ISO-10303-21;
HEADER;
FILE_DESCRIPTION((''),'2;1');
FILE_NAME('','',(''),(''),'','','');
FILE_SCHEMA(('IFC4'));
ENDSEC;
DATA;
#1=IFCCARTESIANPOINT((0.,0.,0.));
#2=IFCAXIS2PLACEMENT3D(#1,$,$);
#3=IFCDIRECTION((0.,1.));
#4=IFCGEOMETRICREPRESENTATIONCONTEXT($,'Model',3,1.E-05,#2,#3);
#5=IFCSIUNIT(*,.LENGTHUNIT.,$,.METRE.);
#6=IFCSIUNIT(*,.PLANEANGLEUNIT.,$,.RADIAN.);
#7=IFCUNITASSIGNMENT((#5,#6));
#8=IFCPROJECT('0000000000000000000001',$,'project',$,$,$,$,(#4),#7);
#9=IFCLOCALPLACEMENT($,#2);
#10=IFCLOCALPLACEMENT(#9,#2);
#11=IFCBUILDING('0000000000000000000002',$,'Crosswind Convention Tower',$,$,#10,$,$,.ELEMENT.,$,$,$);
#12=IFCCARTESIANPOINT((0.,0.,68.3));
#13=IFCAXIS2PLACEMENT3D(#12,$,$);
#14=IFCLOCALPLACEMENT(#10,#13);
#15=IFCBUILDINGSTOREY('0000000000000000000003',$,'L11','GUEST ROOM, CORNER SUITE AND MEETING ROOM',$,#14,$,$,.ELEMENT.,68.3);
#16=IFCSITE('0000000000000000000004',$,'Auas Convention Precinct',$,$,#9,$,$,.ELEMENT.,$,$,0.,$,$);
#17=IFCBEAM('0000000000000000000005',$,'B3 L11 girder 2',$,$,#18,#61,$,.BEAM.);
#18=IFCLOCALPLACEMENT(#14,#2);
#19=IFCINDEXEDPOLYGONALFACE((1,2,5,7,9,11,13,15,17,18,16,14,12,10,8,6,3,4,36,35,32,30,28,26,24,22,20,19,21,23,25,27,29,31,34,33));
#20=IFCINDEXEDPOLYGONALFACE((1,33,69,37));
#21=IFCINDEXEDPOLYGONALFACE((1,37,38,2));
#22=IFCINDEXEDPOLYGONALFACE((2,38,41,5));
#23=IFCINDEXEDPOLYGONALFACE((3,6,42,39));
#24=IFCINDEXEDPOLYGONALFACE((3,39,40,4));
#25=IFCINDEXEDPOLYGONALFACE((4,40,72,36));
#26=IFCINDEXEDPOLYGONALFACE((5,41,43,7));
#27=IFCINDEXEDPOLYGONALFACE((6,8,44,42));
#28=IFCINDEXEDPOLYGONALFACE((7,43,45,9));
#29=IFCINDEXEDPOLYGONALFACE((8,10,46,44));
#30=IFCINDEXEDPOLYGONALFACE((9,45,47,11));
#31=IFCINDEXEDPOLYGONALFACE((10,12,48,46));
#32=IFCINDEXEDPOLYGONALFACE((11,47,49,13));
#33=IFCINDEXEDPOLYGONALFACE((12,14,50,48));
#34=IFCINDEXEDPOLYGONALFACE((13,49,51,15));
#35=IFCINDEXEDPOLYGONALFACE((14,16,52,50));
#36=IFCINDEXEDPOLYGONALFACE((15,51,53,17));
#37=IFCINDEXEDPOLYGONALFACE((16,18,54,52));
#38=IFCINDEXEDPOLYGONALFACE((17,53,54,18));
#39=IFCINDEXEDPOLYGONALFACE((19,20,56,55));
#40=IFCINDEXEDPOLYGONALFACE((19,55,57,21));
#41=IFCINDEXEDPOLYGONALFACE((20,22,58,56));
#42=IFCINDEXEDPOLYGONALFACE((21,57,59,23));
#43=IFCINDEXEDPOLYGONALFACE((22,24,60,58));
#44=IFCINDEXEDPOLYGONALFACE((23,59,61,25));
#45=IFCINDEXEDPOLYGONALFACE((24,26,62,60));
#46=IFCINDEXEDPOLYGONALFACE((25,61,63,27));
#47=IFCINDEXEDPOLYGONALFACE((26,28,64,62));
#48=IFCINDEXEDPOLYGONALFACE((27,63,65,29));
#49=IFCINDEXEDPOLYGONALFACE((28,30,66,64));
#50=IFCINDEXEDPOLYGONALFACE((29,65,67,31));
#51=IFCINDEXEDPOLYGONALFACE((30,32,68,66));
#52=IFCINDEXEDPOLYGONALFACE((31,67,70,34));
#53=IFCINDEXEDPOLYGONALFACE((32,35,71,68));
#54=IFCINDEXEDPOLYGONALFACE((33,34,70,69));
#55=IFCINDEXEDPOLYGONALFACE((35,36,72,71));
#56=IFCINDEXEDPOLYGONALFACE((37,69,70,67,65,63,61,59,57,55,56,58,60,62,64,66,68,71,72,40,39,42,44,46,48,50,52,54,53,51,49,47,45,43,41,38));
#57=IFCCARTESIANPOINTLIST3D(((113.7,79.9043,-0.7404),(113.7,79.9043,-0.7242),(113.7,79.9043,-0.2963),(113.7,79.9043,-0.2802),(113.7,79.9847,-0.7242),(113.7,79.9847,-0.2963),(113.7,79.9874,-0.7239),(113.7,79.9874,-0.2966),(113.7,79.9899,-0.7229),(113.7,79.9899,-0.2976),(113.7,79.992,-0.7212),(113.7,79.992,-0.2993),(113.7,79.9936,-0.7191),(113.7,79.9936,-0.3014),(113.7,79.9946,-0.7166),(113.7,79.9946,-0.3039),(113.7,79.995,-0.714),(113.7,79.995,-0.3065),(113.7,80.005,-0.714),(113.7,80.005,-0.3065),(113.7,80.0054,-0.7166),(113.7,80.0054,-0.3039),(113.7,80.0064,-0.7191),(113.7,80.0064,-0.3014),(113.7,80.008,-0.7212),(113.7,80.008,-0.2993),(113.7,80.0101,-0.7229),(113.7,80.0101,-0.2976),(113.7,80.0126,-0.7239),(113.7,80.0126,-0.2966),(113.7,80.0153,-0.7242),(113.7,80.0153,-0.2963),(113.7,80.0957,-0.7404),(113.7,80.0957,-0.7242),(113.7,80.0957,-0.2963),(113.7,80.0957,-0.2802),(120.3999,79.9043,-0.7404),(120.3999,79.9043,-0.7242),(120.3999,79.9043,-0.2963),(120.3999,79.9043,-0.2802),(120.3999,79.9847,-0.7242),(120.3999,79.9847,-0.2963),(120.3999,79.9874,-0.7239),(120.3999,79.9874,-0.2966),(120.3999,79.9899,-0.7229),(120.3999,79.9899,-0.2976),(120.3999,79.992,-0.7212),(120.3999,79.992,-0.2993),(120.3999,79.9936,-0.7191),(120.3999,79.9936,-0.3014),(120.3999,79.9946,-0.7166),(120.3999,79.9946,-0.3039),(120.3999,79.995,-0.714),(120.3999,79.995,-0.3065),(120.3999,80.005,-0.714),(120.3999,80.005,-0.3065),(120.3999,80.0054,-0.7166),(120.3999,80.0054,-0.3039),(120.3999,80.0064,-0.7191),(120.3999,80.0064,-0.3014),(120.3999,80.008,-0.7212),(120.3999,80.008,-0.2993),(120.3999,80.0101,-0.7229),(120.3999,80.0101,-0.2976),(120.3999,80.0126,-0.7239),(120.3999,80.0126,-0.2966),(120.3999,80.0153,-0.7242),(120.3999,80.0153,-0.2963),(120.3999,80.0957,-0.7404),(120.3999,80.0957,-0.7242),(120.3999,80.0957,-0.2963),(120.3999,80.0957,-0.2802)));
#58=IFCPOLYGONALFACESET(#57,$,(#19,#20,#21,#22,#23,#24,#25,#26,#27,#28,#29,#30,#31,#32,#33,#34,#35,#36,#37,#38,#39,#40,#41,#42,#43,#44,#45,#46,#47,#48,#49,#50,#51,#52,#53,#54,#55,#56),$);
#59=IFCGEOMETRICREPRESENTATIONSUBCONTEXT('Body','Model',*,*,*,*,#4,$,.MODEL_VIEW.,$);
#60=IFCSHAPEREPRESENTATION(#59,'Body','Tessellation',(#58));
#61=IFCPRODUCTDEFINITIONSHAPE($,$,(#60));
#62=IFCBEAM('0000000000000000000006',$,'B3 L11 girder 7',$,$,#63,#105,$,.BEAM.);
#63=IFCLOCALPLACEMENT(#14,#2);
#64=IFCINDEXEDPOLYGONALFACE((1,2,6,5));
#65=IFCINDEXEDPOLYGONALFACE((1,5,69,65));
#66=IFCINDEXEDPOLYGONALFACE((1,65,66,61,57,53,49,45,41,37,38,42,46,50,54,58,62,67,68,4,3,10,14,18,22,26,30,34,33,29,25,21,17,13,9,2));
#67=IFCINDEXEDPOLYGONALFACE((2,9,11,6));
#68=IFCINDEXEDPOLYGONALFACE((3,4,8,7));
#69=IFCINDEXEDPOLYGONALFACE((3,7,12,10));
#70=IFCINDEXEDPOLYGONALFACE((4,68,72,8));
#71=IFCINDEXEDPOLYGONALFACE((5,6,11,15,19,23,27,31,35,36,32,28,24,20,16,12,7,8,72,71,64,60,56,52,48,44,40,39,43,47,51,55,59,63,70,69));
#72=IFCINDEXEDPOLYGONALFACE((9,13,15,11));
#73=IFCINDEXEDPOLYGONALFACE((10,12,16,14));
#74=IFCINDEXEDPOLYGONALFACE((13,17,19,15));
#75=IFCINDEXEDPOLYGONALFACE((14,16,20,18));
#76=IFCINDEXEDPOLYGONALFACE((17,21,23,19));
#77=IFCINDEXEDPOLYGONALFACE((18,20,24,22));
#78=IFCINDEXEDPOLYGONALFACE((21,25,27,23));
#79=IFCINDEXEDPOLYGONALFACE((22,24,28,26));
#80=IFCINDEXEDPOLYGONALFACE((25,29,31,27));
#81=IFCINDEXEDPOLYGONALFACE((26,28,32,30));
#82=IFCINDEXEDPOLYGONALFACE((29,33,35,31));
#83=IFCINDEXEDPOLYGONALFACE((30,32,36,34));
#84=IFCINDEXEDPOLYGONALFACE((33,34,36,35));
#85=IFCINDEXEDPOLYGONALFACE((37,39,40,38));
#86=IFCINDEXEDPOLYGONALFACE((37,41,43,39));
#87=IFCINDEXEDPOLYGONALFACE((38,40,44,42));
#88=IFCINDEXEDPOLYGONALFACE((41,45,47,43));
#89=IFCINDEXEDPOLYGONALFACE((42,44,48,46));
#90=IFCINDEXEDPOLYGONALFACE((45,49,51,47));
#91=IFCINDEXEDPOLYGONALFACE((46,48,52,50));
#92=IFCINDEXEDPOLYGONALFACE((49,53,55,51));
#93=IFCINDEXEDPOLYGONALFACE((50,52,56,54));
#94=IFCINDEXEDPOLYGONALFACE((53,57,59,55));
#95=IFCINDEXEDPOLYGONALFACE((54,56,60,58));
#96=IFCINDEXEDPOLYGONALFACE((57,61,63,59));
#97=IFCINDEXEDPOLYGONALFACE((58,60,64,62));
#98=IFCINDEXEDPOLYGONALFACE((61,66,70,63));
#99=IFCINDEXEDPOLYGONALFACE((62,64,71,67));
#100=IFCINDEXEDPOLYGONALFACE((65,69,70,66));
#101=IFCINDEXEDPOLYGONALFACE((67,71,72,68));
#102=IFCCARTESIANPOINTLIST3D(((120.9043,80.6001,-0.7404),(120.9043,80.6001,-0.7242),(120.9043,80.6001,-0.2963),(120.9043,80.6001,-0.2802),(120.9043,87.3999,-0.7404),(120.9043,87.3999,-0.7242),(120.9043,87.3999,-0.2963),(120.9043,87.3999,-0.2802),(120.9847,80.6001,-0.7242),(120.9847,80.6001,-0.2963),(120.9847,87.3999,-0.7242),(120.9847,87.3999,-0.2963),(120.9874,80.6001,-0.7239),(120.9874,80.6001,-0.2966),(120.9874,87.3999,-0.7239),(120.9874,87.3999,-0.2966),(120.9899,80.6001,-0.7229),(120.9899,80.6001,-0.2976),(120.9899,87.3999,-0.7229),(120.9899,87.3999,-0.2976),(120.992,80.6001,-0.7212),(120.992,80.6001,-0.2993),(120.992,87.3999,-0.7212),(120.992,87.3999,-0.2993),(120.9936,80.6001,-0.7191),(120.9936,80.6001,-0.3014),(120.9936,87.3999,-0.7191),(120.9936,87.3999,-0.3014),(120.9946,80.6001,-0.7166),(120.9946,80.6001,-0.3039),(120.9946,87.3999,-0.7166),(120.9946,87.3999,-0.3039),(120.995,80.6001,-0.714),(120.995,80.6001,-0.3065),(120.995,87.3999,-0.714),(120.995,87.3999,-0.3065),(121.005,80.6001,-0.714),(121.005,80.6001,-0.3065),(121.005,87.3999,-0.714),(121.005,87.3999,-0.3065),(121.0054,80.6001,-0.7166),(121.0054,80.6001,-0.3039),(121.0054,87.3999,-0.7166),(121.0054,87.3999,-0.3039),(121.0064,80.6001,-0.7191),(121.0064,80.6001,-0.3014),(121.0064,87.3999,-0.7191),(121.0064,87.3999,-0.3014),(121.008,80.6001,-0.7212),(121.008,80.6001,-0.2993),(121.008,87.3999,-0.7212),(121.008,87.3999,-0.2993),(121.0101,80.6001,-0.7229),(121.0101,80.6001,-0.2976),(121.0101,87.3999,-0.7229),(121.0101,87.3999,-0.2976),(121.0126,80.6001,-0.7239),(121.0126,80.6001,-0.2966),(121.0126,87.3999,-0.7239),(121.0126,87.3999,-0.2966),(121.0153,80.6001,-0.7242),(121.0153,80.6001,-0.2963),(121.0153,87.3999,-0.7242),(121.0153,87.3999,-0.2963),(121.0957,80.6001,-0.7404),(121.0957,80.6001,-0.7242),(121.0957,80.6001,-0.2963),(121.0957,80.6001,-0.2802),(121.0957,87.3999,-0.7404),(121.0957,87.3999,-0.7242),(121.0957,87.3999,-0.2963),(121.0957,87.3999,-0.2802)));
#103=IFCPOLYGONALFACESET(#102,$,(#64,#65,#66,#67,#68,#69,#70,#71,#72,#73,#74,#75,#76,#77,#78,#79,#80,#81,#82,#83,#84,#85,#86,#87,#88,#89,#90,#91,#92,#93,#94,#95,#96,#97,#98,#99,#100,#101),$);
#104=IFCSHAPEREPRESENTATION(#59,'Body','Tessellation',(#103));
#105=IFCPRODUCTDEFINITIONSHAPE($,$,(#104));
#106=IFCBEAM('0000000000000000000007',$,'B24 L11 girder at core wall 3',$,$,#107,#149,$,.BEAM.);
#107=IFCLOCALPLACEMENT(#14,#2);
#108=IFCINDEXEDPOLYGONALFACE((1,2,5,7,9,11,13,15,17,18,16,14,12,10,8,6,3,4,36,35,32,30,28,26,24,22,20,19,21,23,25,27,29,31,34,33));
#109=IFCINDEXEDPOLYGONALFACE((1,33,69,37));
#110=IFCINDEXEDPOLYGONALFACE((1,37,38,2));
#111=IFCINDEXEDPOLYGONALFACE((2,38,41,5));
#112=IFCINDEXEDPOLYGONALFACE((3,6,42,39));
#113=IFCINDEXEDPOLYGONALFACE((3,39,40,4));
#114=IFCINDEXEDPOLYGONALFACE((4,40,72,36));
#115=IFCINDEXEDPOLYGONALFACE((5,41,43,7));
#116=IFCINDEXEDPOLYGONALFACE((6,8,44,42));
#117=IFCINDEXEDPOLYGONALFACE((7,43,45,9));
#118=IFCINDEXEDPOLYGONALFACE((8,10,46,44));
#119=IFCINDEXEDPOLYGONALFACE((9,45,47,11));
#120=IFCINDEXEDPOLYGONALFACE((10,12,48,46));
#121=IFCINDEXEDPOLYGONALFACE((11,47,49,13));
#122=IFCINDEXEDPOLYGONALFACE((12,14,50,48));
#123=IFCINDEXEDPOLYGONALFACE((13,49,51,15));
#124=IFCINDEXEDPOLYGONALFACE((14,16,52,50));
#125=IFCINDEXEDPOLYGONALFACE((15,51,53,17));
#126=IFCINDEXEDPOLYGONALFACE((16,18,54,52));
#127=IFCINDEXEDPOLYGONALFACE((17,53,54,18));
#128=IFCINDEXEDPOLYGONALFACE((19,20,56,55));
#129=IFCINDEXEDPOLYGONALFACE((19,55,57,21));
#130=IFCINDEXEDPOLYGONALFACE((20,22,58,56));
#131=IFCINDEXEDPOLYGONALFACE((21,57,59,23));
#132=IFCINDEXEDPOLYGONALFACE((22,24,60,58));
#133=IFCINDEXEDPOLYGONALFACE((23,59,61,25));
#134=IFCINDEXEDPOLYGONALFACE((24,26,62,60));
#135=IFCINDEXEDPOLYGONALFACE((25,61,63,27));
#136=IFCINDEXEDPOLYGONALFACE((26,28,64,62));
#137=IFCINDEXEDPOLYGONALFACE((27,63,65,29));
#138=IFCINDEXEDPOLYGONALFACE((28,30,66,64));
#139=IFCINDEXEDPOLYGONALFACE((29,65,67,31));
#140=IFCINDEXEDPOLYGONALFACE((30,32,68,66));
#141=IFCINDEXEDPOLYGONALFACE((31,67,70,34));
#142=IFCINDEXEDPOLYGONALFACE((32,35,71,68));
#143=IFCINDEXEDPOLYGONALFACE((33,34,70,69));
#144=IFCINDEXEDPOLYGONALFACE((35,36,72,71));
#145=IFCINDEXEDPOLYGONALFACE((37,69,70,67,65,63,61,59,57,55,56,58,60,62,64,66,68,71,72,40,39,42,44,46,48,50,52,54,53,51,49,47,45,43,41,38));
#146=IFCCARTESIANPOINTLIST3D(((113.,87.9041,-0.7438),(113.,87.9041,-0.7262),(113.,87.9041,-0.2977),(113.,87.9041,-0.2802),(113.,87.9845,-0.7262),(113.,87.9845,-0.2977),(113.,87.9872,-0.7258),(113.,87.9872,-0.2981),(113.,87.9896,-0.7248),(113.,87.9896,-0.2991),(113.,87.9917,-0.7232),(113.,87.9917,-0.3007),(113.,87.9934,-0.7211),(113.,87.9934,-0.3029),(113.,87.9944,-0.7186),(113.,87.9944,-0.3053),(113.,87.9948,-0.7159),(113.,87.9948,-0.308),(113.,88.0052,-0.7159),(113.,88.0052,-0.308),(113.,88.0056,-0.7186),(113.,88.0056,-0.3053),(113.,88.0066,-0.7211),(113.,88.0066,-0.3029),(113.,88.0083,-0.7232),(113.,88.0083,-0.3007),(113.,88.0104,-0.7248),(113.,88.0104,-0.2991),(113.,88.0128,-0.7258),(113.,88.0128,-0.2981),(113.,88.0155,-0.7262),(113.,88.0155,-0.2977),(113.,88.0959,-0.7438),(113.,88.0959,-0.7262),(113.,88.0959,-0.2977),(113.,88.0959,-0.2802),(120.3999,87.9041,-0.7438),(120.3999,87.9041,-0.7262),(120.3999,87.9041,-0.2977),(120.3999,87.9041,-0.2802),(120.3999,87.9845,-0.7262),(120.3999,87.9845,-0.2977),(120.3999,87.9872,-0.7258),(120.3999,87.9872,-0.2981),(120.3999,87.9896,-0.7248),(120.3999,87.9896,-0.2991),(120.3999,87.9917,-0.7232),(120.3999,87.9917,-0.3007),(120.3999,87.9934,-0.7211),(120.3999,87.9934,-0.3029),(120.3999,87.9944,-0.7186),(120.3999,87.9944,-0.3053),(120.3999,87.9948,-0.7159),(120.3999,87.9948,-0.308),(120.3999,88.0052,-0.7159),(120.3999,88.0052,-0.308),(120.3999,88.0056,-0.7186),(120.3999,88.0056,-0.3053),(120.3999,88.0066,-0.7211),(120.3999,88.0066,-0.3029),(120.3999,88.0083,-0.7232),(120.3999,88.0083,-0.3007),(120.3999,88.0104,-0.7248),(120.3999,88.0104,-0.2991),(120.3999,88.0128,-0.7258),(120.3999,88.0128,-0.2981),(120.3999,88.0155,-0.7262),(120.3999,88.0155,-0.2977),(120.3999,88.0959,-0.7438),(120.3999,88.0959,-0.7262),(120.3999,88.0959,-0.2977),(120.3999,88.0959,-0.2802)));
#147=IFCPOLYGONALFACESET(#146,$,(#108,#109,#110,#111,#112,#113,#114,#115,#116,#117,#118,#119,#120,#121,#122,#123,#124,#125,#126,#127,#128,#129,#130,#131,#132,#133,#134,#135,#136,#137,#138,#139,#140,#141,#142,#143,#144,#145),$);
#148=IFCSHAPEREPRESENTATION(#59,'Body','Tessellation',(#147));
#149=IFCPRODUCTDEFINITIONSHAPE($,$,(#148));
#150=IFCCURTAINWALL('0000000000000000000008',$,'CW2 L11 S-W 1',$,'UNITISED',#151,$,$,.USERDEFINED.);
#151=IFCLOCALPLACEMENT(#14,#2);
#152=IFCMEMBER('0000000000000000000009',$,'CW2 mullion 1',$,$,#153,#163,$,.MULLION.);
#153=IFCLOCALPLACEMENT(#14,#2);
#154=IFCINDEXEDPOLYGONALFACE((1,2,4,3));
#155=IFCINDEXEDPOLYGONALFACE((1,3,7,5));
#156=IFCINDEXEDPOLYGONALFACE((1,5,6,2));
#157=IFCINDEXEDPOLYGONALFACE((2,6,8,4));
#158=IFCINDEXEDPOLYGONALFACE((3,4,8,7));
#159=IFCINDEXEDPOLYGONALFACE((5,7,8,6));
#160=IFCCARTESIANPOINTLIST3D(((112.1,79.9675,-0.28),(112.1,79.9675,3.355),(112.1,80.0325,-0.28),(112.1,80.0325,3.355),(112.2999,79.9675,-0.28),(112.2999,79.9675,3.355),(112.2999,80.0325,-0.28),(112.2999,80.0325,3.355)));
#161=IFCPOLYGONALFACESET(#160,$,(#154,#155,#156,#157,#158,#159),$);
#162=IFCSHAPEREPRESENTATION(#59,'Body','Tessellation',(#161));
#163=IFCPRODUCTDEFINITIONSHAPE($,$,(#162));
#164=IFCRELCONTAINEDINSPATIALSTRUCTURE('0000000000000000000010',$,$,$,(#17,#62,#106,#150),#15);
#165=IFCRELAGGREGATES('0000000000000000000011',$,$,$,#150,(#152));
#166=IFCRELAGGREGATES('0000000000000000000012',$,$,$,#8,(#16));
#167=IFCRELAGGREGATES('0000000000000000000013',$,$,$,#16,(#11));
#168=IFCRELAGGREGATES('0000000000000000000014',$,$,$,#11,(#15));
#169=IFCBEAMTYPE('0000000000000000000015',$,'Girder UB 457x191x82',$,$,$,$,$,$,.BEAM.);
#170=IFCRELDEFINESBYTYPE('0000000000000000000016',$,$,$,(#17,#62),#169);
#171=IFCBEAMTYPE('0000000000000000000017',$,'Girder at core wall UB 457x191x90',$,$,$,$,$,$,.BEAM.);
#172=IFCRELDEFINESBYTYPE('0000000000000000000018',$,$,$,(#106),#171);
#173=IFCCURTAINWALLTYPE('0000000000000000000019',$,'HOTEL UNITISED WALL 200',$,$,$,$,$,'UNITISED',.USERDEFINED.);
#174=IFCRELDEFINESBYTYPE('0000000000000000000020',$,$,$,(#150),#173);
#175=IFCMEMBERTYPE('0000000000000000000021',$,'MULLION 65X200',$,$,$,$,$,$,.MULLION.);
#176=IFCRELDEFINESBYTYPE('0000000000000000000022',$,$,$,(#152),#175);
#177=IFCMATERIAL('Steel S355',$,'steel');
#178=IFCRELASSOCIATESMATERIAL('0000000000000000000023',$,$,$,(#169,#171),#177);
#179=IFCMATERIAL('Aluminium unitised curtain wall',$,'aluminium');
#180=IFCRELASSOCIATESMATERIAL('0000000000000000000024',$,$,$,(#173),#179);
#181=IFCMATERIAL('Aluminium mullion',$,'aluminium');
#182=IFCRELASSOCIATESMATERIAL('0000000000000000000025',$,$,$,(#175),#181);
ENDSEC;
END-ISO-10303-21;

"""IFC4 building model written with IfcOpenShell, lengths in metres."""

from ifc_helpers import new_model, si_unit, direction, frame, origin, origin_2d, place, context, subcontext, project, spatial, rectangle, i_section, extrude, material, material_profile, profile_set, type_object, element, aggregate, save


model = new_model("IFC4")

# Units and contexts
model_context = context("Model", 3, precision=1e-05, world=origin(), true_north=direction((0.0, 1.0)))
body_context = subcontext(model_context, "Body", "Model", "MODEL_VIEW")
ifc_project = project(units=[si_unit("LENGTHUNIT", "METRE"), si_unit("PLANEANGLEUNIT", "RADIAN")], contexts=[model_context])

# Site, building, storey
site_placement = place(None, origin())
site = spatial("IfcSite", under=ifc_project, at=site_placement, Name="Auas Convention Precinct", CompositionType="ELEMENT", RefElevation=0.0)
building_placement = place(site_placement, origin())
building = spatial("IfcBuilding", under=site, at=building_placement, Name="Crosswind Convention Tower", CompositionType="ELEMENT")
storey_placement = place(building_placement, frame((0.0, 0.0, 68.3)))
storey = spatial("IfcBuildingStorey", under=building, at=storey_placement, Name="L11", Description="GUEST ROOM, CORNER SUITE AND MEETING ROOM", CompositionType="ELEMENT", Elevation=68.3)

# Beams
ifc_material_1 = material(Name="Steel S355", Category="steel")
ifc_material_profile_1 = material_profile(ifc_material_1, i_section(OverallWidth=0.1914, OverallDepth=0.4602, WebThickness=0.01, FlangeThickness=0.0161, FilletRadius=0.0103, at=origin_2d()), Name="UB 457x191x82")
ifc_profile_set_1 = profile_set([ifc_material_profile_1], Name="Steel S355")
beam_type_1 = type_object("IfcBeamType", Name="Girder UB 457x191x82", PredefinedType="BEAM", material=ifc_profile_set_1)
beam_1_placement = place(storey_placement, frame((113.7, 80.0, -0.5103), z_axis=(1.0, 0.0, 0.0), x_axis=(0.0, 1.0, 0.0)))
element("IfcBeam", 1, at=beam_1_placement, inside=storey, type_object=beam_type_1, Name="B3 L11 girder 2", PredefinedType="BEAM", context=body_context, shape_type="SweptSolid", body=[
    extrude(i_section(OverallWidth=0.1914, OverallDepth=0.4602, WebThickness=0.01, FlangeThickness=0.0161, FilletRadius=0.0103, at=origin_2d()), origin(), (0.0, 0.0, 1.0), 6.7),
])
beam_2_placement = place(storey_placement, frame((121.0, 80.6001, -0.5103), z_axis=(0.0, 1.0, 0.0), x_axis=(-1.0, 0.0, 0.0)))
element("IfcBeam", 2, at=beam_2_placement, inside=storey, type_object=beam_type_1, Name="B3 L11 girder 7", PredefinedType="BEAM", context=body_context, shape_type="SweptSolid", body=[
    extrude(i_section(OverallWidth=0.1914, OverallDepth=0.4602, WebThickness=0.01, FlangeThickness=0.0161, FilletRadius=0.0103, at=origin_2d()), origin(), (0.0, 0.0, 1.0), 6.7998),
])
ifc_material_profile_2 = material_profile(ifc_material_1, i_section(OverallWidth=0.1919, OverallDepth=0.4636, WebThickness=0.0105, FlangeThickness=0.0176, FilletRadius=0.0103, at=origin_2d()), Name="UB 457x191x90")
ifc_profile_set_2 = profile_set([ifc_material_profile_2], Name="Steel S355")
beam_type_2 = type_object("IfcBeamType", Name="Girder at core wall UB 457x191x90", PredefinedType="BEAM", material=ifc_profile_set_2)
beam_3_placement = place(storey_placement, frame((113.0, 88.0, -0.512), z_axis=(1.0, 0.0, 0.0), x_axis=(0.0, 1.0, 0.0)))
element("IfcBeam", 3, at=beam_3_placement, inside=storey, type_object=beam_type_2, Name="B24 L11 girder at core wall 3", PredefinedType="BEAM", context=body_context, shape_type="SweptSolid", body=[
    extrude(i_section(OverallWidth=0.1919, OverallDepth=0.4636, WebThickness=0.0105, FlangeThickness=0.0176, FilletRadius=0.0103, at=origin_2d()), origin(), (0.0, 0.0, 1.0), 7.3999),
])

# Curtain wall, member
ifc_material_2 = material(Name="Aluminium unitised curtain wall", Category="aluminium")
curtain_wall_type = type_object("IfcCurtainWallType", Name="HOTEL UNITISED WALL 200", ElementType="UNITISED", PredefinedType="USERDEFINED", material=ifc_material_2)
curtain_wall_placement = place(storey_placement, origin())
curtain_wall = element("IfcCurtainWall", 4, at=curtain_wall_placement, inside=storey, type_object=curtain_wall_type, Name="CW2 L11 S-W 1", ObjectType="UNITISED", PredefinedType="USERDEFINED")
ifc_material_3 = material(Name="Aluminium mullion", Category="aluminium")
ifc_material_profile_3 = material_profile(ifc_material_3, rectangle(XDim=0.2, YDim=0.0649, at=origin_2d()), Name="AL 200X65")
ifc_profile_set_3 = profile_set([ifc_material_profile_3], Name="Aluminium mullion")
member_type = type_object("IfcMemberType", Name="MULLION 65X200", PredefinedType="MULLION", material=ifc_profile_set_3)
member_placement = place(storey_placement, frame((112.2, 80.0, -0.28), z_axis=(0.0, 0.0, 1.0), x_axis=(-1.0, 0.0, 0.0)))
member = element("IfcMember", 5, at=member_placement, type_object=member_type, Name="CW2 mullion 1", PredefinedType="MULLION", context=body_context, shape_type="SweptSolid", body=[
    extrude(rectangle(XDim=0.2, YDim=0.0649, at=origin_2d()), origin(), (0.0, 0.0, 1.0), 3.635),
])
aggregate(curtain_wall, [member])

save(model, "model.ifc")
